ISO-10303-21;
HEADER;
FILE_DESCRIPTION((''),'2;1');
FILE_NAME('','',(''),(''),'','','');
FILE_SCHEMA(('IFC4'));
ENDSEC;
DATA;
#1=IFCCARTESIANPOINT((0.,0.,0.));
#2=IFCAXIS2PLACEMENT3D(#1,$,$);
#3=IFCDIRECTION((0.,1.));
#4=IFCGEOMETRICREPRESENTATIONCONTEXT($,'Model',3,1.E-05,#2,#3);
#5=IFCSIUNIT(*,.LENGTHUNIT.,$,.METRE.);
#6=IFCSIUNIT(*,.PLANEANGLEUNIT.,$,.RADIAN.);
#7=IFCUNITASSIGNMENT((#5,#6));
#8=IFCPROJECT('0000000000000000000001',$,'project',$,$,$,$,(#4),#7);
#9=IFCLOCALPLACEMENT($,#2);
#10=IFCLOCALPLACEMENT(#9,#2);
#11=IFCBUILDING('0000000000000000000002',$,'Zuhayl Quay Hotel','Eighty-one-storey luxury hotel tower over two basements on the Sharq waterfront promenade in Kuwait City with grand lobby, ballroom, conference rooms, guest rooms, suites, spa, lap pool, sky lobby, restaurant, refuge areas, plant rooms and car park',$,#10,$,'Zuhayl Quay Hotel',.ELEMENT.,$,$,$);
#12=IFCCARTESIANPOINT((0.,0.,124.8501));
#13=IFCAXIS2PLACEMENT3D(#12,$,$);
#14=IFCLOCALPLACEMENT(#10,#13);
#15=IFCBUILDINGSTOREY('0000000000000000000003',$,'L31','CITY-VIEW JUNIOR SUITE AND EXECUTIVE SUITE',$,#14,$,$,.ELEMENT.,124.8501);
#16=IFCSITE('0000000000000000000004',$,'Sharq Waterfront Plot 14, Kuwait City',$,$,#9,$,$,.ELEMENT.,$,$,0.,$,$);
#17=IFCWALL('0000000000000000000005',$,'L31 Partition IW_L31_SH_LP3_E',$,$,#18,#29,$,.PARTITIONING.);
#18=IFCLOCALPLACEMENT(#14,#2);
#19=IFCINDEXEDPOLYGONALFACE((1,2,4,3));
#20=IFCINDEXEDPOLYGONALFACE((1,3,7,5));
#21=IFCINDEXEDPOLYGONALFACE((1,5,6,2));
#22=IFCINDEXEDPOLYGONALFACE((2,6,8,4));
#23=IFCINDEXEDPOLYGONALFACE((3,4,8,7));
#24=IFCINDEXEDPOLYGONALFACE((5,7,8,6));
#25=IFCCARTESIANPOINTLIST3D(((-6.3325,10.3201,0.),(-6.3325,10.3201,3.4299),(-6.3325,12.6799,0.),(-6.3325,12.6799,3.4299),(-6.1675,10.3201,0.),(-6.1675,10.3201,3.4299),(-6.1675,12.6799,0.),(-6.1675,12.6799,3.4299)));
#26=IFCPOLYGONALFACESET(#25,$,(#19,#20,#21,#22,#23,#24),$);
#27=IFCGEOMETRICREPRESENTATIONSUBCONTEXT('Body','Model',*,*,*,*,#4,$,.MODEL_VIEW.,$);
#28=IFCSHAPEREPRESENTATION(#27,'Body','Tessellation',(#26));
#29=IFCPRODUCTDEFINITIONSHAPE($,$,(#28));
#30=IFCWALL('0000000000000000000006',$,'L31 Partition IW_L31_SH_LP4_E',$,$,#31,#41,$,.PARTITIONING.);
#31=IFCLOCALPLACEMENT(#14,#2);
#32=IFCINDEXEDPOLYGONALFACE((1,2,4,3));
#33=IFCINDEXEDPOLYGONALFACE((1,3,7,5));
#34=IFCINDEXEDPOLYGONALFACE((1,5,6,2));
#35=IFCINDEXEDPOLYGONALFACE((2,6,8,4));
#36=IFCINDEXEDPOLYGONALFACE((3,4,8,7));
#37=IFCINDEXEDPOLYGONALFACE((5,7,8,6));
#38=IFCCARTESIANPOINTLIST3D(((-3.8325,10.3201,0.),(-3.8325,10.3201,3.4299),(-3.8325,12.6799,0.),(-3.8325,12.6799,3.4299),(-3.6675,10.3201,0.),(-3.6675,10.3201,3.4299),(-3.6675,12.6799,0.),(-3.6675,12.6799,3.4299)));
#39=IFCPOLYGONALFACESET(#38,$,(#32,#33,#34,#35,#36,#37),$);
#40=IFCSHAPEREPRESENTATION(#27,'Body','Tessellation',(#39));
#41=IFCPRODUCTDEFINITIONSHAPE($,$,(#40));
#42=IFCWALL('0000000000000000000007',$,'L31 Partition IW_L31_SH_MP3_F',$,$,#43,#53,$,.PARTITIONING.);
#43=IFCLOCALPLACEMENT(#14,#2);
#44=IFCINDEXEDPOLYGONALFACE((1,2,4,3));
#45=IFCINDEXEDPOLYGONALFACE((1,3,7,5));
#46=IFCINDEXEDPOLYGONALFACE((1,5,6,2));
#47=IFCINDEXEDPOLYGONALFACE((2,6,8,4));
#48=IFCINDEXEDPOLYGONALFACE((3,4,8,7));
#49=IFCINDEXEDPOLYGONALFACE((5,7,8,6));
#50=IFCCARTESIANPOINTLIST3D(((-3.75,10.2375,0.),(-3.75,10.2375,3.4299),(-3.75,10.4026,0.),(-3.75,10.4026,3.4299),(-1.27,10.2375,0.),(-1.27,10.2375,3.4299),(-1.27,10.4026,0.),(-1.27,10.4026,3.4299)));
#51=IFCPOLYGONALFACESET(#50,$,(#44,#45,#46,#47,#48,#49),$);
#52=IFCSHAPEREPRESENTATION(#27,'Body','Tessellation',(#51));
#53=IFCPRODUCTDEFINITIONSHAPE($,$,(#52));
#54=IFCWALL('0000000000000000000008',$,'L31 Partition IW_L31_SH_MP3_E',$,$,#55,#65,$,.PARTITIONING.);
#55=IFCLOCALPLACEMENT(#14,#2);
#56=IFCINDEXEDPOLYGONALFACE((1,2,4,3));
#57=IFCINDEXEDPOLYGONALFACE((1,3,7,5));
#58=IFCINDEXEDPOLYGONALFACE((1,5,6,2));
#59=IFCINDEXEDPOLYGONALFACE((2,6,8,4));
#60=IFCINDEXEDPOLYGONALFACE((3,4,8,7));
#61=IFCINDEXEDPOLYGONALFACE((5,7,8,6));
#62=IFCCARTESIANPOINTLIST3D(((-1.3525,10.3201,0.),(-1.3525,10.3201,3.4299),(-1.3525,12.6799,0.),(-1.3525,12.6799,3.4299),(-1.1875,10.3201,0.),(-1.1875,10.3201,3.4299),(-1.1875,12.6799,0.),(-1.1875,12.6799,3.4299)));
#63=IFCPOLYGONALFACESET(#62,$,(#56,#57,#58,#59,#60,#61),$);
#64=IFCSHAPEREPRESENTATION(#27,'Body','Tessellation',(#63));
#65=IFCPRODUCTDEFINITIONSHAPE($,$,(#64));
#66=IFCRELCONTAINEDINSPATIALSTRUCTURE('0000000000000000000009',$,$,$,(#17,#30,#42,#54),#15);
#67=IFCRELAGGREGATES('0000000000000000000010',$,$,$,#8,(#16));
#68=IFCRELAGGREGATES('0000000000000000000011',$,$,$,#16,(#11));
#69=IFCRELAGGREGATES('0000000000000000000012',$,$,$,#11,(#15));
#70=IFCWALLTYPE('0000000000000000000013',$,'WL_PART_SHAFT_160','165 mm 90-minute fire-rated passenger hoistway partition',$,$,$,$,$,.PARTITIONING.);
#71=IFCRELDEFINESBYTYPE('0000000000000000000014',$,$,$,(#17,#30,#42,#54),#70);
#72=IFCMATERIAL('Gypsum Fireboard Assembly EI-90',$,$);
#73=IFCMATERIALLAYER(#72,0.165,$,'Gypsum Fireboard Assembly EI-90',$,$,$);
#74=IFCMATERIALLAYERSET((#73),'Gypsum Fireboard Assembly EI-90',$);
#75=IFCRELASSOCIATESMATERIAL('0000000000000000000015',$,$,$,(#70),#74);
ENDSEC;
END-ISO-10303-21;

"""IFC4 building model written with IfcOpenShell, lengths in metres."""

from ifc_helpers import new_model, si_unit, direction, frame, frame_2d, origin, place, context, subcontext, project, spatial, rectangle, extrude, material, layer, layer_set, type_object, element, save


model = new_model("IFC4")

# Units and contexts
model_context = context("Model", 3, precision=1e-05, world=origin(), true_north=direction((0.0, 1.0)))
body_context = subcontext(model_context, "Body", "Model", "MODEL_VIEW")
ifc_project = project(units=[si_unit("LENGTHUNIT", "METRE"), si_unit("PLANEANGLEUNIT", "RADIAN")], contexts=[model_context])

# Site, building, storey
site_placement = place(None, origin())
site = spatial("IfcSite", under=ifc_project, at=site_placement, Name="Sharq Waterfront Plot 14, Kuwait City", CompositionType="ELEMENT", RefElevation=0.0)
building_placement = place(site_placement, origin())
building = spatial("IfcBuilding", under=site, at=building_placement, Name="Zuhayl Quay Hotel", Description="Eighty-one-storey luxury hotel tower over two basements on the Sharq waterfront promenade in Kuwait City with grand lobby, ballroom, conference rooms, guest rooms, suites, spa, lap pool, sky lobby, restaurant, refuge areas, plant rooms and car park", LongName="Zuhayl Quay Hotel", CompositionType="ELEMENT")
storey_placement = place(building_placement, frame((0.0, 0.0, 124.8501)))
storey = spatial("IfcBuildingStorey", under=building, at=storey_placement, Name="L31", Description="CITY-VIEW JUNIOR SUITE AND EXECUTIVE SUITE", CompositionType="ELEMENT", Elevation=124.8501)

# Shared definitions
ifc_material_1 = material(Name="Gypsum Fireboard Assembly EI-90")
ifc_layer_1 = layer(ifc_material_1, 0.165, Name="Gypsum Fireboard Assembly EI-90")
ifc_layer_set_1 = layer_set([ifc_layer_1], Name="Gypsum Fireboard Assembly EI-90")
wall_type_1 = type_object("IfcWallType", Name="WL_PART_SHAFT_160", Description="165 mm 90-minute fire-rated passenger hoistway partition", PredefinedType="PARTITIONING", material=ifc_layer_set_1)

# Walls
for number, where, z_axis, x_axis, name in (
    (1, (-6.25, 10.3201, 0.0), (0.0, 0.0, 1.0), (0.0, 1.0, 0.0), "L31 Partition IW_L31_SH_LP3_E"),
    (2, (-3.75, 10.3201, 0.0), (0.0, 0.0, 1.0), (0.0, 1.0, 0.0), "L31 Partition IW_L31_SH_LP4_E"),
):
    element("IfcWall", number, at=place(storey_placement, frame(where, z_axis=z_axis, x_axis=x_axis)), inside=storey, type_object=wall_type_1, Name=name, PredefinedType="PARTITIONING", context=body_context, shape_type="SweptSolid", body=[
        extrude(rectangle(XDim=2.3599, YDim=0.165, at=frame_2d((1.1799, 0.0))), origin(), (0.0, 0.0, 1.0), 3.4299),
    ])
wall_1_placement = place(storey_placement, frame((-3.75, 10.3201, 0.0), z_axis=(0.0, 0.0, 1.0), x_axis=(1.0, 0.0, 0.0)))
element("IfcWall", 3, at=wall_1_placement, inside=storey, type_object=wall_type_1, Name="L31 Partition IW_L31_SH_MP3_F", PredefinedType="PARTITIONING", context=body_context, shape_type="SweptSolid", body=[
    extrude(rectangle(XDim=2.48, YDim=0.165, at=frame_2d((1.24, 0.0))), origin(), (0.0, 0.0, 1.0), 3.4299),
])
wall_2_placement = place(storey_placement, frame((-1.27, 10.3201, 0.0), z_axis=(0.0, 0.0, 1.0), x_axis=(0.0, 1.0, 0.0)))
element("IfcWall", 4, at=wall_2_placement, inside=storey, type_object=wall_type_1, Name="L31 Partition IW_L31_SH_MP3_E", PredefinedType="PARTITIONING", context=body_context, shape_type="SweptSolid", body=[
    extrude(rectangle(XDim=2.3599, YDim=0.165, at=frame_2d((1.1799, 0.0))), origin(), (0.0, 0.0, 1.0), 3.4299),
])

save(model, "model.ifc")
